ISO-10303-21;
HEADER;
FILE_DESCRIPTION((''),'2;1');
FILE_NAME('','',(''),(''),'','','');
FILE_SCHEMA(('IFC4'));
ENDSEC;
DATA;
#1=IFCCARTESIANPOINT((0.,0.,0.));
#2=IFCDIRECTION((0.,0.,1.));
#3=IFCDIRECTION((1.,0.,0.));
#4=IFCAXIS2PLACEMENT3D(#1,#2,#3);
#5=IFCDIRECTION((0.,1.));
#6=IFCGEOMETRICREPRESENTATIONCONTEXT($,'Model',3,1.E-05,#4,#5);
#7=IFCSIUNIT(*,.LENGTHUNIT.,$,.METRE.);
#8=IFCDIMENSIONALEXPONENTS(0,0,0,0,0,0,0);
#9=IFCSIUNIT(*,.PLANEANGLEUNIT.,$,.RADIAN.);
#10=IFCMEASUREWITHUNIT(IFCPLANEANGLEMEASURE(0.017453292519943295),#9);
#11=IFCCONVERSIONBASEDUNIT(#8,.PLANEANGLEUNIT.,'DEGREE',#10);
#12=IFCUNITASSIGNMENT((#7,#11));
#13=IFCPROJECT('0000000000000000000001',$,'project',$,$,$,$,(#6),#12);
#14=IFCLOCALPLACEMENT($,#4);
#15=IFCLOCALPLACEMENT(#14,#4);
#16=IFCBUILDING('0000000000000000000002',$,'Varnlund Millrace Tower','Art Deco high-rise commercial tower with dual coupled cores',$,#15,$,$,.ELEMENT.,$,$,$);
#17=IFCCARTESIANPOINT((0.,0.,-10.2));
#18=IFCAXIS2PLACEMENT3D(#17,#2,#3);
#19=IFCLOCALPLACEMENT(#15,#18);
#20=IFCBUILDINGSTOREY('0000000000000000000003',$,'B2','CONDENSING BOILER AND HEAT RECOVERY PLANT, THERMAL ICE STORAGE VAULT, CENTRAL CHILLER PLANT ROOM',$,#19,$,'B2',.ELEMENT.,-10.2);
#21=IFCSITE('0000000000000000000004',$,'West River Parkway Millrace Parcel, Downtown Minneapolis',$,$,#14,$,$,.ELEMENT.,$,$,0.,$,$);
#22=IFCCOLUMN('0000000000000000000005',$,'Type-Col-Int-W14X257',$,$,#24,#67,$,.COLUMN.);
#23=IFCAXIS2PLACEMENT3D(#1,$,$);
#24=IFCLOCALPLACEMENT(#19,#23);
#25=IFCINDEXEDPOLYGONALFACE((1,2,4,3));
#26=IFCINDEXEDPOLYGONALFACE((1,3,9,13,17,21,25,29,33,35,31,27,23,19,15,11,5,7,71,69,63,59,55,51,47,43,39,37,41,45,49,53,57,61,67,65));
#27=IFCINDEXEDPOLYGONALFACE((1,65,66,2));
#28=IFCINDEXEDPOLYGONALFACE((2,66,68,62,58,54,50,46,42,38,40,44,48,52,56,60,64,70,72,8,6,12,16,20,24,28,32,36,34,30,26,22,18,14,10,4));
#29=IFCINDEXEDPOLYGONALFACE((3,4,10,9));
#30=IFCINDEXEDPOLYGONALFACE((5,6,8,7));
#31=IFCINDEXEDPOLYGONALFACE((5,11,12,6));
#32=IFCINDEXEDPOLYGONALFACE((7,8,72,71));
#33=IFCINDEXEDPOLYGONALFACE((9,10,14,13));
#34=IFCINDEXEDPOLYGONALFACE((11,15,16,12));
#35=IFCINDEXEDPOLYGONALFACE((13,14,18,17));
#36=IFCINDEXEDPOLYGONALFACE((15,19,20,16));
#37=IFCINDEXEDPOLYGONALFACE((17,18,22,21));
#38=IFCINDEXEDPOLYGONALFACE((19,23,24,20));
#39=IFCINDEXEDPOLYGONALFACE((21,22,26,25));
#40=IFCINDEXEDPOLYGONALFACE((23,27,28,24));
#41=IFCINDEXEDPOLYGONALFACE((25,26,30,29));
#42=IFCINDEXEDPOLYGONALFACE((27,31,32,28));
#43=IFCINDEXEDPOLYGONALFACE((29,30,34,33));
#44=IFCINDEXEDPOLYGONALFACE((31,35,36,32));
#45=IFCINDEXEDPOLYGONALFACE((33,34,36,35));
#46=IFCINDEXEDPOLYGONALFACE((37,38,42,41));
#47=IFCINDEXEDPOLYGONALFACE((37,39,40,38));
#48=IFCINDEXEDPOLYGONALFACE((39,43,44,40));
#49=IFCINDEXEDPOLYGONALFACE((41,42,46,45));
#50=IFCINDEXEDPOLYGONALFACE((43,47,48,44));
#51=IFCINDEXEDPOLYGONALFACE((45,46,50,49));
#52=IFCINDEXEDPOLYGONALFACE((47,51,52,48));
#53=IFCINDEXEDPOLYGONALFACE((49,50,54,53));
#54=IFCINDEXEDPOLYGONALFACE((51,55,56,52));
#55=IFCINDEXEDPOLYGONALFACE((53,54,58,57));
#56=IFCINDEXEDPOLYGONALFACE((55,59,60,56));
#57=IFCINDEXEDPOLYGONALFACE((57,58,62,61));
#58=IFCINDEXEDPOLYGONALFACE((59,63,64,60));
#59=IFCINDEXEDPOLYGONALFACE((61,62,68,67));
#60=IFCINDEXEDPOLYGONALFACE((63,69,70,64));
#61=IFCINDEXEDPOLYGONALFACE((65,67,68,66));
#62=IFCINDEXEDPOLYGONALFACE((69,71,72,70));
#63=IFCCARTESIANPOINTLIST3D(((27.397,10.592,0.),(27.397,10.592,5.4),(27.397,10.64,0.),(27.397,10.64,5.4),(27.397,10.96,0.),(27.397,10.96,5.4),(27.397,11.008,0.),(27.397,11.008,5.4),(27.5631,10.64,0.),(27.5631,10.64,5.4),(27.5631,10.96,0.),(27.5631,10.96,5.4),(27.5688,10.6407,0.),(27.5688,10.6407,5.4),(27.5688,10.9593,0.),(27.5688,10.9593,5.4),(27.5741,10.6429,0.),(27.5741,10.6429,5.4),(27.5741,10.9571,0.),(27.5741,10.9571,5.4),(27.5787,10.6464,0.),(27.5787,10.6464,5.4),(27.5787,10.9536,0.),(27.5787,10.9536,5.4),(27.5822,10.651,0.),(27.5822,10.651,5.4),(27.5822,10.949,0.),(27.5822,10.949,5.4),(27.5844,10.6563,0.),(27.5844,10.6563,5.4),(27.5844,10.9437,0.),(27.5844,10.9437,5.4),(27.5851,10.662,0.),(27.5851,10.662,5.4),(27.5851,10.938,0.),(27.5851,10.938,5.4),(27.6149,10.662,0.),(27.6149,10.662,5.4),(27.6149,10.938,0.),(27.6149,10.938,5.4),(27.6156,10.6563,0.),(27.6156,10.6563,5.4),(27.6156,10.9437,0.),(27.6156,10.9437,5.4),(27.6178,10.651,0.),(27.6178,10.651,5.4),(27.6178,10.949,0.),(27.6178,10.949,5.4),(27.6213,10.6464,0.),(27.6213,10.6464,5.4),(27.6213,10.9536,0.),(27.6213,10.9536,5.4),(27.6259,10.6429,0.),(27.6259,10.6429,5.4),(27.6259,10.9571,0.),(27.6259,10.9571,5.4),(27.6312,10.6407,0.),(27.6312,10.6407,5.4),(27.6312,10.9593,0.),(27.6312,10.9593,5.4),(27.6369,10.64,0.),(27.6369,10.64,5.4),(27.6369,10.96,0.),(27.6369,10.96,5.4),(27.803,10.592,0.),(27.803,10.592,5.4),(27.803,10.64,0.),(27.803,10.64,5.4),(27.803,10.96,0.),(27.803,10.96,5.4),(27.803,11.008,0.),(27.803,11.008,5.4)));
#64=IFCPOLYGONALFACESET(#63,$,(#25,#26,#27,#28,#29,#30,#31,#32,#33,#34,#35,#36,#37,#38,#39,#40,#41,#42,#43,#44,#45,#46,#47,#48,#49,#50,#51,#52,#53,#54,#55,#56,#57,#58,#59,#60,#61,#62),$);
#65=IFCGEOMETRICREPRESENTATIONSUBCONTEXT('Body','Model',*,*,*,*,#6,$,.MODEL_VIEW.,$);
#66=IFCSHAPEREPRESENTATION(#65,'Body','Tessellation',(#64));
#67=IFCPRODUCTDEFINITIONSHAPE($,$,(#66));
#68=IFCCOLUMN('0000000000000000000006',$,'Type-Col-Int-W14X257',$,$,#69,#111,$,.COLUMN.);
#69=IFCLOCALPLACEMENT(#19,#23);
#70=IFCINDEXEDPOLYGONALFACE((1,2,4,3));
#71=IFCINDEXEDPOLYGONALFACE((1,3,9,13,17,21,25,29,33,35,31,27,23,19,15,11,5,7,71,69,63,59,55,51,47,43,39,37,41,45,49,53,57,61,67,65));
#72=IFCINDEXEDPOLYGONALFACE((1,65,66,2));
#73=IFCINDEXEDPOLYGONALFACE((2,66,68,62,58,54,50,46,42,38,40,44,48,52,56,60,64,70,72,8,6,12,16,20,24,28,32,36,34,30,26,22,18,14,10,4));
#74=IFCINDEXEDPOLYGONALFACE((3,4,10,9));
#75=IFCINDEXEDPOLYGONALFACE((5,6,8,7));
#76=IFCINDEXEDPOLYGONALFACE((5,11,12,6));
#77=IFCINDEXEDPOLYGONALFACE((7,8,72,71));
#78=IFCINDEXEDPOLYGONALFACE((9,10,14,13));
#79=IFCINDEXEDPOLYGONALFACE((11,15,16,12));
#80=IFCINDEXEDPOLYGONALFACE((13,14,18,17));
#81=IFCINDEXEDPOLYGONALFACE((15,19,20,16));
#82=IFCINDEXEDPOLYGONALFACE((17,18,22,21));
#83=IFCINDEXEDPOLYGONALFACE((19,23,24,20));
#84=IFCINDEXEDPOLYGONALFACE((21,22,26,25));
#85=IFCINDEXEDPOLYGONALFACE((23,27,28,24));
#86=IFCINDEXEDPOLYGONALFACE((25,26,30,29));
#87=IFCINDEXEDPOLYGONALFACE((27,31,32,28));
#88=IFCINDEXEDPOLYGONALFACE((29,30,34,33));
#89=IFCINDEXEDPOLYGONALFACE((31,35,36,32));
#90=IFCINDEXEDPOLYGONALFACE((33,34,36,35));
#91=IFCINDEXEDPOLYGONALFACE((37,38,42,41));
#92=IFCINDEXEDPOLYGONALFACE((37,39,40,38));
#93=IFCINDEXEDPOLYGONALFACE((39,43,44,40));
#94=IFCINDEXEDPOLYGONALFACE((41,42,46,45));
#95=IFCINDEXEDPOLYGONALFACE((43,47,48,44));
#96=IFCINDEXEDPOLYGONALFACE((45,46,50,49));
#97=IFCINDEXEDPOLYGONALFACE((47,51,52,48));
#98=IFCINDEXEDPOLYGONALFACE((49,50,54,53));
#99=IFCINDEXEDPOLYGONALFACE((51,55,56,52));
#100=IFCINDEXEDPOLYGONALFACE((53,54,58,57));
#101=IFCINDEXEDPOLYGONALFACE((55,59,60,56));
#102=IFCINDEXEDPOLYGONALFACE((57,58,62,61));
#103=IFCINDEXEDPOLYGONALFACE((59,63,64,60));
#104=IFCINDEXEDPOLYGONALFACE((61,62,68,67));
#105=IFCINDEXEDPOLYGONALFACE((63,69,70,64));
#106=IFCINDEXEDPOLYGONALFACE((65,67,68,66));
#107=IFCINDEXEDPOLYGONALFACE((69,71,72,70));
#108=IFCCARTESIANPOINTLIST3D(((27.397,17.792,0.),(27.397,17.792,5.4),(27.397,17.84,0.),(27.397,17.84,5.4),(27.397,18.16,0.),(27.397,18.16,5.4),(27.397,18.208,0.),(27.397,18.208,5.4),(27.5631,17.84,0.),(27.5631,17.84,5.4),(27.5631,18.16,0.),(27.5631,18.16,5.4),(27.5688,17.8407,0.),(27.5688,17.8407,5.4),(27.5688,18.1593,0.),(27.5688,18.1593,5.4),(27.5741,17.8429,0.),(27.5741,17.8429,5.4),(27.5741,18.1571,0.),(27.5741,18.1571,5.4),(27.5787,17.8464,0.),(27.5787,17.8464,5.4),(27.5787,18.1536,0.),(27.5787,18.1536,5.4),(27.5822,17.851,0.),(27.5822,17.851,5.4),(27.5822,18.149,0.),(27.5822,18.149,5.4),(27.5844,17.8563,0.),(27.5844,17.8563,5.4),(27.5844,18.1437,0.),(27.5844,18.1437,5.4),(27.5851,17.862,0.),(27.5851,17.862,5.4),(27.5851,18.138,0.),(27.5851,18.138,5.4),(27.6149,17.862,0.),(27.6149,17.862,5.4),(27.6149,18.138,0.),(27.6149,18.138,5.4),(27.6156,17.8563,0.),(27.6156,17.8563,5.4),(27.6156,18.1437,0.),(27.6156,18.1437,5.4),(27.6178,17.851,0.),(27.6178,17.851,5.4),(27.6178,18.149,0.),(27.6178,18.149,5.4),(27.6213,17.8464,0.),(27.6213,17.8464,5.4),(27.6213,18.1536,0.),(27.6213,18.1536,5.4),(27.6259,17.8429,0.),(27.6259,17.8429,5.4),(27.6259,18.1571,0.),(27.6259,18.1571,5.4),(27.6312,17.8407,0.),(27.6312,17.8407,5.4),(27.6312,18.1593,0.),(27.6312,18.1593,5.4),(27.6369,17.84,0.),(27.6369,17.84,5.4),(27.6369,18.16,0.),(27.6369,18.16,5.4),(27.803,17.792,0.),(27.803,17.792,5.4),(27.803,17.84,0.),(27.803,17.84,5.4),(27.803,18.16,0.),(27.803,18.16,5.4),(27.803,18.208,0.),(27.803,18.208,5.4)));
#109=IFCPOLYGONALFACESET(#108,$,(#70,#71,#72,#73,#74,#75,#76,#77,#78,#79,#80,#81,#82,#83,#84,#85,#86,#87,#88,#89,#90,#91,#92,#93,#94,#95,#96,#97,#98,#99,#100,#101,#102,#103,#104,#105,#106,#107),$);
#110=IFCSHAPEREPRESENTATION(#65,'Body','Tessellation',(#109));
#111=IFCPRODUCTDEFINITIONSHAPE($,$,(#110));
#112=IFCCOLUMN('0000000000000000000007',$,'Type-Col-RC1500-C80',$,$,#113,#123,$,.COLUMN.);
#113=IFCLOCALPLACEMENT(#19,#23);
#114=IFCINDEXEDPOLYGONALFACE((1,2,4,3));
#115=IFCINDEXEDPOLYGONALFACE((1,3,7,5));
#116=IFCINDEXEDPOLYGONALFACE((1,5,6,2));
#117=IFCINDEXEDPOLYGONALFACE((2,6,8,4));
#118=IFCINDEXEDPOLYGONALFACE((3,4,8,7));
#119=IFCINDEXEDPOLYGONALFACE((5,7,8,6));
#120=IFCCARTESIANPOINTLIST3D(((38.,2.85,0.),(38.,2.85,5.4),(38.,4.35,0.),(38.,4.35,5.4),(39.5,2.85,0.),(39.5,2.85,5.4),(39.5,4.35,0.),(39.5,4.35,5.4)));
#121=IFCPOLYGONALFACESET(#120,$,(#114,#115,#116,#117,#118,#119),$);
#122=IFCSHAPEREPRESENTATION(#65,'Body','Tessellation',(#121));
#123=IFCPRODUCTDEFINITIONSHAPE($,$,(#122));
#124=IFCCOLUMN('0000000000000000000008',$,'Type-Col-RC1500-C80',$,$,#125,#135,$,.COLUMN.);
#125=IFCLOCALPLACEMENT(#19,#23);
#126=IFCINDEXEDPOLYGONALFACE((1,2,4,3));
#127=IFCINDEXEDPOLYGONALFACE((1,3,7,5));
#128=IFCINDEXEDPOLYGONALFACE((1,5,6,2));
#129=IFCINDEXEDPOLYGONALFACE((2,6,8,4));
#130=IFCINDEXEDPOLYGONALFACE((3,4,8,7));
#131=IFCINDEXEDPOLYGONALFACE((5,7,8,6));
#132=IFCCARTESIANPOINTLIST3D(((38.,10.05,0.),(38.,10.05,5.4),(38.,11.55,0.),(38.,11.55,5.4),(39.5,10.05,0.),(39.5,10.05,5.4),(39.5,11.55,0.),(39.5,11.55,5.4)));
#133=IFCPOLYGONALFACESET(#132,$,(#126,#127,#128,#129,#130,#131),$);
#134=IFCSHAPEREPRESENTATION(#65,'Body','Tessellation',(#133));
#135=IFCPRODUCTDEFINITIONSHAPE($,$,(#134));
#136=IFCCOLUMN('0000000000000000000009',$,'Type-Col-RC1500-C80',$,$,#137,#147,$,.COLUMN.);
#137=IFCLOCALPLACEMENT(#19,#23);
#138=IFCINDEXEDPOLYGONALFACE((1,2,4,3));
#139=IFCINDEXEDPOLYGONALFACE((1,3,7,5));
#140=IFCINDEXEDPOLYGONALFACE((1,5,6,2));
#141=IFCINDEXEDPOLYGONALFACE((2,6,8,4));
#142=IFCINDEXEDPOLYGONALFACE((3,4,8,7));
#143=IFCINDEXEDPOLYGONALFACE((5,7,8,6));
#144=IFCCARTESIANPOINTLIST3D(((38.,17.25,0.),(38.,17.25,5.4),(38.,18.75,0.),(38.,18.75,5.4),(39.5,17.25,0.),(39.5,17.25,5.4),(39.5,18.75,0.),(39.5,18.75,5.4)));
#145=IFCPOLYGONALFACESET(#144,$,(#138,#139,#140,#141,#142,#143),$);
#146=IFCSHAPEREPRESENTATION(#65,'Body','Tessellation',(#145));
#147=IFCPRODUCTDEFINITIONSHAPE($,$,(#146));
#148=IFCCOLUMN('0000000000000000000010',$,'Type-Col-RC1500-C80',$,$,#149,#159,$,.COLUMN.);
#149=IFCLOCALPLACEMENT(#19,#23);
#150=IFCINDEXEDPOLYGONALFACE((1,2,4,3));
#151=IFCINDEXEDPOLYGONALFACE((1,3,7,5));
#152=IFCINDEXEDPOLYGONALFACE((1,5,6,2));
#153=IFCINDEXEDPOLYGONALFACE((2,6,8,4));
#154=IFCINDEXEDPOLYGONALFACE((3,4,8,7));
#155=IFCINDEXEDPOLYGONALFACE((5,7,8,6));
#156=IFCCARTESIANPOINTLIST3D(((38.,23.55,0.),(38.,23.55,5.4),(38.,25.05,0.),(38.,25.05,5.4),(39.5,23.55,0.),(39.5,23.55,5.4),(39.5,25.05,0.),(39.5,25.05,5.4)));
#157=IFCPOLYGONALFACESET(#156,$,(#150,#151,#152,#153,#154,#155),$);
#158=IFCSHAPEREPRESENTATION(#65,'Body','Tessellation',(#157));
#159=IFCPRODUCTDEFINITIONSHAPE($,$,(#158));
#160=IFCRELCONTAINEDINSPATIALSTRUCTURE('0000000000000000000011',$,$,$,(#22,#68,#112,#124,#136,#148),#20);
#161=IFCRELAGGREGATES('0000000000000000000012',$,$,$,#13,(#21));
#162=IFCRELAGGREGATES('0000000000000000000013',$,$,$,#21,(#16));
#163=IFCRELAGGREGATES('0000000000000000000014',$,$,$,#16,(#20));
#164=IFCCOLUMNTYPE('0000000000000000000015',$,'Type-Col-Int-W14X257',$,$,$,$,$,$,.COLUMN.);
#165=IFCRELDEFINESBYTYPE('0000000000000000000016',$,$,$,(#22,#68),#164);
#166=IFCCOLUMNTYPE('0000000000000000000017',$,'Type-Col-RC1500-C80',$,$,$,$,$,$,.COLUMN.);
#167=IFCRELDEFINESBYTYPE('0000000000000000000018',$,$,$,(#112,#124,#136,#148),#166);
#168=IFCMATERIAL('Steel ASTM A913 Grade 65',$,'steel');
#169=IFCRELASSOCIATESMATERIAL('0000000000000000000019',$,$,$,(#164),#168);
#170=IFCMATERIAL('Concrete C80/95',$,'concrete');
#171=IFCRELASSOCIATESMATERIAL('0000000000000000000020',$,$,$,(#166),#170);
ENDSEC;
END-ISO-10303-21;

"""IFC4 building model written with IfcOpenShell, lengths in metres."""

from ifc_helpers import new_model, entity, si_unit, converted_unit, direction, frame, origin_with_axes, origin_2d_with_axis, place, context, subcontext, project, spatial, rectangle, i_section, extrude, material, material_profile, profile_set, type_object, element, save


model = new_model("IFC4")

# Units and contexts
model_context = context("Model", 3, precision=1e-05, world=origin_with_axes(), true_north=direction((0.0, 1.0)))
body_context = subcontext(model_context, "Body", "Model", "MODEL_VIEW")
ifc_project = project(units=[si_unit("LENGTHUNIT", "METRE"), converted_unit("PLANEANGLEUNIT", "DEGREE", entity("IfcPlaneAngleMeasure", 0.017453292519943295), si_unit("PLANEANGLEUNIT", "RADIAN"), dimensions=[0, 0, 0, 0, 0, 0, 0])], contexts=[model_context])

# Site, building, storey
site_placement = place(None, origin_with_axes())
site = spatial("IfcSite", under=ifc_project, at=site_placement, Name="West River Parkway Millrace Parcel, Downtown Minneapolis", CompositionType="ELEMENT", RefElevation=0.0)
building_placement = place(site_placement, origin_with_axes())
building = spatial("IfcBuilding", under=site, at=building_placement, Name="Varnlund Millrace Tower", Description="Art Deco high-rise commercial tower with dual coupled cores", CompositionType="ELEMENT")
storey_placement = place(building_placement, frame((0.0, 0.0, -10.2), z_axis=(0.0, 0.0, 1.0), x_axis=(1.0, 0.0, 0.0)))
storey = spatial("IfcBuildingStorey", under=building, at=storey_placement, Name="B2", Description="CONDENSING BOILER AND HEAT RECOVERY PLANT, THERMAL ICE STORAGE VAULT, CENTRAL CHILLER PLANT ROOM", LongName="B2", CompositionType="ELEMENT", Elevation=-10.2)

# Columns
ifc_material_1 = material(Name="Steel ASTM A913 Grade 65", Category="steel")
ifc_material_profile_1 = material_profile(ifc_material_1, i_section(OverallWidth=0.406, OverallDepth=0.416, WebThickness=0.0298, FlangeThickness=0.048, FilletRadius=0.022, at=origin_2d_with_axis()), Name="Steel ASTM A913 Grade 65")
ifc_profile_set_1 = profile_set([ifc_material_profile_1], Name="Steel ASTM A913 Grade 65")
column_type_1 = type_object("IfcColumnType", Name="Type-Col-Int-W14X257", PredefinedType="COLUMN", material=ifc_profile_set_1)
for number, where, z_axis, x_axis, name in (
    (1, (27.6, 10.8, 0.0), (0.0, 0.0, 1.0), (1.0, 0.0, 0.0), "Type-Col-Int-W14X257"),
    (2, (27.6, 18.0, 0.0), (0.0, 0.0, 1.0), (1.0, 0.0, 0.0), "Type-Col-Int-W14X257"),
):
    element("IfcColumn", number, at=place(storey_placement, frame(where, z_axis=z_axis, x_axis=x_axis)), inside=storey, type_object=column_type_1, Name=name, PredefinedType="COLUMN", context=body_context, shape_type="SweptSolid", body=[
        extrude(i_section(OverallWidth=0.406, OverallDepth=0.416, WebThickness=0.0298, FlangeThickness=0.048, FilletRadius=0.022, at=origin_2d_with_axis()), origin_with_axes(), (0.0, 0.0, 1.0), 5.4),
    ])
ifc_material_2 = material(Name="Concrete C80/95", Category="concrete")
ifc_material_profile_2 = material_profile(ifc_material_2, rectangle(XDim=1.5, YDim=1.5, at=origin_2d_with_axis()), Name="Concrete C80/95")
ifc_profile_set_2 = profile_set([ifc_material_profile_2], Name="Concrete C80/95")
column_type_2 = type_object("IfcColumnType", Name="Type-Col-RC1500-C80", PredefinedType="COLUMN", material=ifc_profile_set_2)
for number, where, z_axis, x_axis, name in (
    (3, (38.75, 3.6, 0.0), (0.0, 0.0, 1.0), (1.0, 0.0, 0.0), "Type-Col-RC1500-C80"),
    (4, (38.75, 10.8, 0.0), (0.0, 0.0, 1.0), (1.0, 0.0, 0.0), "Type-Col-RC1500-C80"),
    (5, (38.75, 18.0, 0.0), (0.0, 0.0, 1.0), (1.0, 0.0, 0.0), "Type-Col-RC1500-C80"),
    (6, (38.75, 24.3, 0.0), (0.0, 0.0, 1.0), (1.0, 0.0, 0.0), "Type-Col-RC1500-C80"),
):
    element("IfcColumn", number, at=place(storey_placement, frame(where, z_axis=z_axis, x_axis=x_axis)), inside=storey, type_object=column_type_2, Name=name, PredefinedType="COLUMN", context=body_context, shape_type="SweptSolid", body=[
        extrude(rectangle(XDim=1.5, YDim=1.5, at=origin_2d_with_axis()), origin_with_axes(), (0.0, 0.0, 1.0), 5.4),
    ])

save(model, "model.ifc")
